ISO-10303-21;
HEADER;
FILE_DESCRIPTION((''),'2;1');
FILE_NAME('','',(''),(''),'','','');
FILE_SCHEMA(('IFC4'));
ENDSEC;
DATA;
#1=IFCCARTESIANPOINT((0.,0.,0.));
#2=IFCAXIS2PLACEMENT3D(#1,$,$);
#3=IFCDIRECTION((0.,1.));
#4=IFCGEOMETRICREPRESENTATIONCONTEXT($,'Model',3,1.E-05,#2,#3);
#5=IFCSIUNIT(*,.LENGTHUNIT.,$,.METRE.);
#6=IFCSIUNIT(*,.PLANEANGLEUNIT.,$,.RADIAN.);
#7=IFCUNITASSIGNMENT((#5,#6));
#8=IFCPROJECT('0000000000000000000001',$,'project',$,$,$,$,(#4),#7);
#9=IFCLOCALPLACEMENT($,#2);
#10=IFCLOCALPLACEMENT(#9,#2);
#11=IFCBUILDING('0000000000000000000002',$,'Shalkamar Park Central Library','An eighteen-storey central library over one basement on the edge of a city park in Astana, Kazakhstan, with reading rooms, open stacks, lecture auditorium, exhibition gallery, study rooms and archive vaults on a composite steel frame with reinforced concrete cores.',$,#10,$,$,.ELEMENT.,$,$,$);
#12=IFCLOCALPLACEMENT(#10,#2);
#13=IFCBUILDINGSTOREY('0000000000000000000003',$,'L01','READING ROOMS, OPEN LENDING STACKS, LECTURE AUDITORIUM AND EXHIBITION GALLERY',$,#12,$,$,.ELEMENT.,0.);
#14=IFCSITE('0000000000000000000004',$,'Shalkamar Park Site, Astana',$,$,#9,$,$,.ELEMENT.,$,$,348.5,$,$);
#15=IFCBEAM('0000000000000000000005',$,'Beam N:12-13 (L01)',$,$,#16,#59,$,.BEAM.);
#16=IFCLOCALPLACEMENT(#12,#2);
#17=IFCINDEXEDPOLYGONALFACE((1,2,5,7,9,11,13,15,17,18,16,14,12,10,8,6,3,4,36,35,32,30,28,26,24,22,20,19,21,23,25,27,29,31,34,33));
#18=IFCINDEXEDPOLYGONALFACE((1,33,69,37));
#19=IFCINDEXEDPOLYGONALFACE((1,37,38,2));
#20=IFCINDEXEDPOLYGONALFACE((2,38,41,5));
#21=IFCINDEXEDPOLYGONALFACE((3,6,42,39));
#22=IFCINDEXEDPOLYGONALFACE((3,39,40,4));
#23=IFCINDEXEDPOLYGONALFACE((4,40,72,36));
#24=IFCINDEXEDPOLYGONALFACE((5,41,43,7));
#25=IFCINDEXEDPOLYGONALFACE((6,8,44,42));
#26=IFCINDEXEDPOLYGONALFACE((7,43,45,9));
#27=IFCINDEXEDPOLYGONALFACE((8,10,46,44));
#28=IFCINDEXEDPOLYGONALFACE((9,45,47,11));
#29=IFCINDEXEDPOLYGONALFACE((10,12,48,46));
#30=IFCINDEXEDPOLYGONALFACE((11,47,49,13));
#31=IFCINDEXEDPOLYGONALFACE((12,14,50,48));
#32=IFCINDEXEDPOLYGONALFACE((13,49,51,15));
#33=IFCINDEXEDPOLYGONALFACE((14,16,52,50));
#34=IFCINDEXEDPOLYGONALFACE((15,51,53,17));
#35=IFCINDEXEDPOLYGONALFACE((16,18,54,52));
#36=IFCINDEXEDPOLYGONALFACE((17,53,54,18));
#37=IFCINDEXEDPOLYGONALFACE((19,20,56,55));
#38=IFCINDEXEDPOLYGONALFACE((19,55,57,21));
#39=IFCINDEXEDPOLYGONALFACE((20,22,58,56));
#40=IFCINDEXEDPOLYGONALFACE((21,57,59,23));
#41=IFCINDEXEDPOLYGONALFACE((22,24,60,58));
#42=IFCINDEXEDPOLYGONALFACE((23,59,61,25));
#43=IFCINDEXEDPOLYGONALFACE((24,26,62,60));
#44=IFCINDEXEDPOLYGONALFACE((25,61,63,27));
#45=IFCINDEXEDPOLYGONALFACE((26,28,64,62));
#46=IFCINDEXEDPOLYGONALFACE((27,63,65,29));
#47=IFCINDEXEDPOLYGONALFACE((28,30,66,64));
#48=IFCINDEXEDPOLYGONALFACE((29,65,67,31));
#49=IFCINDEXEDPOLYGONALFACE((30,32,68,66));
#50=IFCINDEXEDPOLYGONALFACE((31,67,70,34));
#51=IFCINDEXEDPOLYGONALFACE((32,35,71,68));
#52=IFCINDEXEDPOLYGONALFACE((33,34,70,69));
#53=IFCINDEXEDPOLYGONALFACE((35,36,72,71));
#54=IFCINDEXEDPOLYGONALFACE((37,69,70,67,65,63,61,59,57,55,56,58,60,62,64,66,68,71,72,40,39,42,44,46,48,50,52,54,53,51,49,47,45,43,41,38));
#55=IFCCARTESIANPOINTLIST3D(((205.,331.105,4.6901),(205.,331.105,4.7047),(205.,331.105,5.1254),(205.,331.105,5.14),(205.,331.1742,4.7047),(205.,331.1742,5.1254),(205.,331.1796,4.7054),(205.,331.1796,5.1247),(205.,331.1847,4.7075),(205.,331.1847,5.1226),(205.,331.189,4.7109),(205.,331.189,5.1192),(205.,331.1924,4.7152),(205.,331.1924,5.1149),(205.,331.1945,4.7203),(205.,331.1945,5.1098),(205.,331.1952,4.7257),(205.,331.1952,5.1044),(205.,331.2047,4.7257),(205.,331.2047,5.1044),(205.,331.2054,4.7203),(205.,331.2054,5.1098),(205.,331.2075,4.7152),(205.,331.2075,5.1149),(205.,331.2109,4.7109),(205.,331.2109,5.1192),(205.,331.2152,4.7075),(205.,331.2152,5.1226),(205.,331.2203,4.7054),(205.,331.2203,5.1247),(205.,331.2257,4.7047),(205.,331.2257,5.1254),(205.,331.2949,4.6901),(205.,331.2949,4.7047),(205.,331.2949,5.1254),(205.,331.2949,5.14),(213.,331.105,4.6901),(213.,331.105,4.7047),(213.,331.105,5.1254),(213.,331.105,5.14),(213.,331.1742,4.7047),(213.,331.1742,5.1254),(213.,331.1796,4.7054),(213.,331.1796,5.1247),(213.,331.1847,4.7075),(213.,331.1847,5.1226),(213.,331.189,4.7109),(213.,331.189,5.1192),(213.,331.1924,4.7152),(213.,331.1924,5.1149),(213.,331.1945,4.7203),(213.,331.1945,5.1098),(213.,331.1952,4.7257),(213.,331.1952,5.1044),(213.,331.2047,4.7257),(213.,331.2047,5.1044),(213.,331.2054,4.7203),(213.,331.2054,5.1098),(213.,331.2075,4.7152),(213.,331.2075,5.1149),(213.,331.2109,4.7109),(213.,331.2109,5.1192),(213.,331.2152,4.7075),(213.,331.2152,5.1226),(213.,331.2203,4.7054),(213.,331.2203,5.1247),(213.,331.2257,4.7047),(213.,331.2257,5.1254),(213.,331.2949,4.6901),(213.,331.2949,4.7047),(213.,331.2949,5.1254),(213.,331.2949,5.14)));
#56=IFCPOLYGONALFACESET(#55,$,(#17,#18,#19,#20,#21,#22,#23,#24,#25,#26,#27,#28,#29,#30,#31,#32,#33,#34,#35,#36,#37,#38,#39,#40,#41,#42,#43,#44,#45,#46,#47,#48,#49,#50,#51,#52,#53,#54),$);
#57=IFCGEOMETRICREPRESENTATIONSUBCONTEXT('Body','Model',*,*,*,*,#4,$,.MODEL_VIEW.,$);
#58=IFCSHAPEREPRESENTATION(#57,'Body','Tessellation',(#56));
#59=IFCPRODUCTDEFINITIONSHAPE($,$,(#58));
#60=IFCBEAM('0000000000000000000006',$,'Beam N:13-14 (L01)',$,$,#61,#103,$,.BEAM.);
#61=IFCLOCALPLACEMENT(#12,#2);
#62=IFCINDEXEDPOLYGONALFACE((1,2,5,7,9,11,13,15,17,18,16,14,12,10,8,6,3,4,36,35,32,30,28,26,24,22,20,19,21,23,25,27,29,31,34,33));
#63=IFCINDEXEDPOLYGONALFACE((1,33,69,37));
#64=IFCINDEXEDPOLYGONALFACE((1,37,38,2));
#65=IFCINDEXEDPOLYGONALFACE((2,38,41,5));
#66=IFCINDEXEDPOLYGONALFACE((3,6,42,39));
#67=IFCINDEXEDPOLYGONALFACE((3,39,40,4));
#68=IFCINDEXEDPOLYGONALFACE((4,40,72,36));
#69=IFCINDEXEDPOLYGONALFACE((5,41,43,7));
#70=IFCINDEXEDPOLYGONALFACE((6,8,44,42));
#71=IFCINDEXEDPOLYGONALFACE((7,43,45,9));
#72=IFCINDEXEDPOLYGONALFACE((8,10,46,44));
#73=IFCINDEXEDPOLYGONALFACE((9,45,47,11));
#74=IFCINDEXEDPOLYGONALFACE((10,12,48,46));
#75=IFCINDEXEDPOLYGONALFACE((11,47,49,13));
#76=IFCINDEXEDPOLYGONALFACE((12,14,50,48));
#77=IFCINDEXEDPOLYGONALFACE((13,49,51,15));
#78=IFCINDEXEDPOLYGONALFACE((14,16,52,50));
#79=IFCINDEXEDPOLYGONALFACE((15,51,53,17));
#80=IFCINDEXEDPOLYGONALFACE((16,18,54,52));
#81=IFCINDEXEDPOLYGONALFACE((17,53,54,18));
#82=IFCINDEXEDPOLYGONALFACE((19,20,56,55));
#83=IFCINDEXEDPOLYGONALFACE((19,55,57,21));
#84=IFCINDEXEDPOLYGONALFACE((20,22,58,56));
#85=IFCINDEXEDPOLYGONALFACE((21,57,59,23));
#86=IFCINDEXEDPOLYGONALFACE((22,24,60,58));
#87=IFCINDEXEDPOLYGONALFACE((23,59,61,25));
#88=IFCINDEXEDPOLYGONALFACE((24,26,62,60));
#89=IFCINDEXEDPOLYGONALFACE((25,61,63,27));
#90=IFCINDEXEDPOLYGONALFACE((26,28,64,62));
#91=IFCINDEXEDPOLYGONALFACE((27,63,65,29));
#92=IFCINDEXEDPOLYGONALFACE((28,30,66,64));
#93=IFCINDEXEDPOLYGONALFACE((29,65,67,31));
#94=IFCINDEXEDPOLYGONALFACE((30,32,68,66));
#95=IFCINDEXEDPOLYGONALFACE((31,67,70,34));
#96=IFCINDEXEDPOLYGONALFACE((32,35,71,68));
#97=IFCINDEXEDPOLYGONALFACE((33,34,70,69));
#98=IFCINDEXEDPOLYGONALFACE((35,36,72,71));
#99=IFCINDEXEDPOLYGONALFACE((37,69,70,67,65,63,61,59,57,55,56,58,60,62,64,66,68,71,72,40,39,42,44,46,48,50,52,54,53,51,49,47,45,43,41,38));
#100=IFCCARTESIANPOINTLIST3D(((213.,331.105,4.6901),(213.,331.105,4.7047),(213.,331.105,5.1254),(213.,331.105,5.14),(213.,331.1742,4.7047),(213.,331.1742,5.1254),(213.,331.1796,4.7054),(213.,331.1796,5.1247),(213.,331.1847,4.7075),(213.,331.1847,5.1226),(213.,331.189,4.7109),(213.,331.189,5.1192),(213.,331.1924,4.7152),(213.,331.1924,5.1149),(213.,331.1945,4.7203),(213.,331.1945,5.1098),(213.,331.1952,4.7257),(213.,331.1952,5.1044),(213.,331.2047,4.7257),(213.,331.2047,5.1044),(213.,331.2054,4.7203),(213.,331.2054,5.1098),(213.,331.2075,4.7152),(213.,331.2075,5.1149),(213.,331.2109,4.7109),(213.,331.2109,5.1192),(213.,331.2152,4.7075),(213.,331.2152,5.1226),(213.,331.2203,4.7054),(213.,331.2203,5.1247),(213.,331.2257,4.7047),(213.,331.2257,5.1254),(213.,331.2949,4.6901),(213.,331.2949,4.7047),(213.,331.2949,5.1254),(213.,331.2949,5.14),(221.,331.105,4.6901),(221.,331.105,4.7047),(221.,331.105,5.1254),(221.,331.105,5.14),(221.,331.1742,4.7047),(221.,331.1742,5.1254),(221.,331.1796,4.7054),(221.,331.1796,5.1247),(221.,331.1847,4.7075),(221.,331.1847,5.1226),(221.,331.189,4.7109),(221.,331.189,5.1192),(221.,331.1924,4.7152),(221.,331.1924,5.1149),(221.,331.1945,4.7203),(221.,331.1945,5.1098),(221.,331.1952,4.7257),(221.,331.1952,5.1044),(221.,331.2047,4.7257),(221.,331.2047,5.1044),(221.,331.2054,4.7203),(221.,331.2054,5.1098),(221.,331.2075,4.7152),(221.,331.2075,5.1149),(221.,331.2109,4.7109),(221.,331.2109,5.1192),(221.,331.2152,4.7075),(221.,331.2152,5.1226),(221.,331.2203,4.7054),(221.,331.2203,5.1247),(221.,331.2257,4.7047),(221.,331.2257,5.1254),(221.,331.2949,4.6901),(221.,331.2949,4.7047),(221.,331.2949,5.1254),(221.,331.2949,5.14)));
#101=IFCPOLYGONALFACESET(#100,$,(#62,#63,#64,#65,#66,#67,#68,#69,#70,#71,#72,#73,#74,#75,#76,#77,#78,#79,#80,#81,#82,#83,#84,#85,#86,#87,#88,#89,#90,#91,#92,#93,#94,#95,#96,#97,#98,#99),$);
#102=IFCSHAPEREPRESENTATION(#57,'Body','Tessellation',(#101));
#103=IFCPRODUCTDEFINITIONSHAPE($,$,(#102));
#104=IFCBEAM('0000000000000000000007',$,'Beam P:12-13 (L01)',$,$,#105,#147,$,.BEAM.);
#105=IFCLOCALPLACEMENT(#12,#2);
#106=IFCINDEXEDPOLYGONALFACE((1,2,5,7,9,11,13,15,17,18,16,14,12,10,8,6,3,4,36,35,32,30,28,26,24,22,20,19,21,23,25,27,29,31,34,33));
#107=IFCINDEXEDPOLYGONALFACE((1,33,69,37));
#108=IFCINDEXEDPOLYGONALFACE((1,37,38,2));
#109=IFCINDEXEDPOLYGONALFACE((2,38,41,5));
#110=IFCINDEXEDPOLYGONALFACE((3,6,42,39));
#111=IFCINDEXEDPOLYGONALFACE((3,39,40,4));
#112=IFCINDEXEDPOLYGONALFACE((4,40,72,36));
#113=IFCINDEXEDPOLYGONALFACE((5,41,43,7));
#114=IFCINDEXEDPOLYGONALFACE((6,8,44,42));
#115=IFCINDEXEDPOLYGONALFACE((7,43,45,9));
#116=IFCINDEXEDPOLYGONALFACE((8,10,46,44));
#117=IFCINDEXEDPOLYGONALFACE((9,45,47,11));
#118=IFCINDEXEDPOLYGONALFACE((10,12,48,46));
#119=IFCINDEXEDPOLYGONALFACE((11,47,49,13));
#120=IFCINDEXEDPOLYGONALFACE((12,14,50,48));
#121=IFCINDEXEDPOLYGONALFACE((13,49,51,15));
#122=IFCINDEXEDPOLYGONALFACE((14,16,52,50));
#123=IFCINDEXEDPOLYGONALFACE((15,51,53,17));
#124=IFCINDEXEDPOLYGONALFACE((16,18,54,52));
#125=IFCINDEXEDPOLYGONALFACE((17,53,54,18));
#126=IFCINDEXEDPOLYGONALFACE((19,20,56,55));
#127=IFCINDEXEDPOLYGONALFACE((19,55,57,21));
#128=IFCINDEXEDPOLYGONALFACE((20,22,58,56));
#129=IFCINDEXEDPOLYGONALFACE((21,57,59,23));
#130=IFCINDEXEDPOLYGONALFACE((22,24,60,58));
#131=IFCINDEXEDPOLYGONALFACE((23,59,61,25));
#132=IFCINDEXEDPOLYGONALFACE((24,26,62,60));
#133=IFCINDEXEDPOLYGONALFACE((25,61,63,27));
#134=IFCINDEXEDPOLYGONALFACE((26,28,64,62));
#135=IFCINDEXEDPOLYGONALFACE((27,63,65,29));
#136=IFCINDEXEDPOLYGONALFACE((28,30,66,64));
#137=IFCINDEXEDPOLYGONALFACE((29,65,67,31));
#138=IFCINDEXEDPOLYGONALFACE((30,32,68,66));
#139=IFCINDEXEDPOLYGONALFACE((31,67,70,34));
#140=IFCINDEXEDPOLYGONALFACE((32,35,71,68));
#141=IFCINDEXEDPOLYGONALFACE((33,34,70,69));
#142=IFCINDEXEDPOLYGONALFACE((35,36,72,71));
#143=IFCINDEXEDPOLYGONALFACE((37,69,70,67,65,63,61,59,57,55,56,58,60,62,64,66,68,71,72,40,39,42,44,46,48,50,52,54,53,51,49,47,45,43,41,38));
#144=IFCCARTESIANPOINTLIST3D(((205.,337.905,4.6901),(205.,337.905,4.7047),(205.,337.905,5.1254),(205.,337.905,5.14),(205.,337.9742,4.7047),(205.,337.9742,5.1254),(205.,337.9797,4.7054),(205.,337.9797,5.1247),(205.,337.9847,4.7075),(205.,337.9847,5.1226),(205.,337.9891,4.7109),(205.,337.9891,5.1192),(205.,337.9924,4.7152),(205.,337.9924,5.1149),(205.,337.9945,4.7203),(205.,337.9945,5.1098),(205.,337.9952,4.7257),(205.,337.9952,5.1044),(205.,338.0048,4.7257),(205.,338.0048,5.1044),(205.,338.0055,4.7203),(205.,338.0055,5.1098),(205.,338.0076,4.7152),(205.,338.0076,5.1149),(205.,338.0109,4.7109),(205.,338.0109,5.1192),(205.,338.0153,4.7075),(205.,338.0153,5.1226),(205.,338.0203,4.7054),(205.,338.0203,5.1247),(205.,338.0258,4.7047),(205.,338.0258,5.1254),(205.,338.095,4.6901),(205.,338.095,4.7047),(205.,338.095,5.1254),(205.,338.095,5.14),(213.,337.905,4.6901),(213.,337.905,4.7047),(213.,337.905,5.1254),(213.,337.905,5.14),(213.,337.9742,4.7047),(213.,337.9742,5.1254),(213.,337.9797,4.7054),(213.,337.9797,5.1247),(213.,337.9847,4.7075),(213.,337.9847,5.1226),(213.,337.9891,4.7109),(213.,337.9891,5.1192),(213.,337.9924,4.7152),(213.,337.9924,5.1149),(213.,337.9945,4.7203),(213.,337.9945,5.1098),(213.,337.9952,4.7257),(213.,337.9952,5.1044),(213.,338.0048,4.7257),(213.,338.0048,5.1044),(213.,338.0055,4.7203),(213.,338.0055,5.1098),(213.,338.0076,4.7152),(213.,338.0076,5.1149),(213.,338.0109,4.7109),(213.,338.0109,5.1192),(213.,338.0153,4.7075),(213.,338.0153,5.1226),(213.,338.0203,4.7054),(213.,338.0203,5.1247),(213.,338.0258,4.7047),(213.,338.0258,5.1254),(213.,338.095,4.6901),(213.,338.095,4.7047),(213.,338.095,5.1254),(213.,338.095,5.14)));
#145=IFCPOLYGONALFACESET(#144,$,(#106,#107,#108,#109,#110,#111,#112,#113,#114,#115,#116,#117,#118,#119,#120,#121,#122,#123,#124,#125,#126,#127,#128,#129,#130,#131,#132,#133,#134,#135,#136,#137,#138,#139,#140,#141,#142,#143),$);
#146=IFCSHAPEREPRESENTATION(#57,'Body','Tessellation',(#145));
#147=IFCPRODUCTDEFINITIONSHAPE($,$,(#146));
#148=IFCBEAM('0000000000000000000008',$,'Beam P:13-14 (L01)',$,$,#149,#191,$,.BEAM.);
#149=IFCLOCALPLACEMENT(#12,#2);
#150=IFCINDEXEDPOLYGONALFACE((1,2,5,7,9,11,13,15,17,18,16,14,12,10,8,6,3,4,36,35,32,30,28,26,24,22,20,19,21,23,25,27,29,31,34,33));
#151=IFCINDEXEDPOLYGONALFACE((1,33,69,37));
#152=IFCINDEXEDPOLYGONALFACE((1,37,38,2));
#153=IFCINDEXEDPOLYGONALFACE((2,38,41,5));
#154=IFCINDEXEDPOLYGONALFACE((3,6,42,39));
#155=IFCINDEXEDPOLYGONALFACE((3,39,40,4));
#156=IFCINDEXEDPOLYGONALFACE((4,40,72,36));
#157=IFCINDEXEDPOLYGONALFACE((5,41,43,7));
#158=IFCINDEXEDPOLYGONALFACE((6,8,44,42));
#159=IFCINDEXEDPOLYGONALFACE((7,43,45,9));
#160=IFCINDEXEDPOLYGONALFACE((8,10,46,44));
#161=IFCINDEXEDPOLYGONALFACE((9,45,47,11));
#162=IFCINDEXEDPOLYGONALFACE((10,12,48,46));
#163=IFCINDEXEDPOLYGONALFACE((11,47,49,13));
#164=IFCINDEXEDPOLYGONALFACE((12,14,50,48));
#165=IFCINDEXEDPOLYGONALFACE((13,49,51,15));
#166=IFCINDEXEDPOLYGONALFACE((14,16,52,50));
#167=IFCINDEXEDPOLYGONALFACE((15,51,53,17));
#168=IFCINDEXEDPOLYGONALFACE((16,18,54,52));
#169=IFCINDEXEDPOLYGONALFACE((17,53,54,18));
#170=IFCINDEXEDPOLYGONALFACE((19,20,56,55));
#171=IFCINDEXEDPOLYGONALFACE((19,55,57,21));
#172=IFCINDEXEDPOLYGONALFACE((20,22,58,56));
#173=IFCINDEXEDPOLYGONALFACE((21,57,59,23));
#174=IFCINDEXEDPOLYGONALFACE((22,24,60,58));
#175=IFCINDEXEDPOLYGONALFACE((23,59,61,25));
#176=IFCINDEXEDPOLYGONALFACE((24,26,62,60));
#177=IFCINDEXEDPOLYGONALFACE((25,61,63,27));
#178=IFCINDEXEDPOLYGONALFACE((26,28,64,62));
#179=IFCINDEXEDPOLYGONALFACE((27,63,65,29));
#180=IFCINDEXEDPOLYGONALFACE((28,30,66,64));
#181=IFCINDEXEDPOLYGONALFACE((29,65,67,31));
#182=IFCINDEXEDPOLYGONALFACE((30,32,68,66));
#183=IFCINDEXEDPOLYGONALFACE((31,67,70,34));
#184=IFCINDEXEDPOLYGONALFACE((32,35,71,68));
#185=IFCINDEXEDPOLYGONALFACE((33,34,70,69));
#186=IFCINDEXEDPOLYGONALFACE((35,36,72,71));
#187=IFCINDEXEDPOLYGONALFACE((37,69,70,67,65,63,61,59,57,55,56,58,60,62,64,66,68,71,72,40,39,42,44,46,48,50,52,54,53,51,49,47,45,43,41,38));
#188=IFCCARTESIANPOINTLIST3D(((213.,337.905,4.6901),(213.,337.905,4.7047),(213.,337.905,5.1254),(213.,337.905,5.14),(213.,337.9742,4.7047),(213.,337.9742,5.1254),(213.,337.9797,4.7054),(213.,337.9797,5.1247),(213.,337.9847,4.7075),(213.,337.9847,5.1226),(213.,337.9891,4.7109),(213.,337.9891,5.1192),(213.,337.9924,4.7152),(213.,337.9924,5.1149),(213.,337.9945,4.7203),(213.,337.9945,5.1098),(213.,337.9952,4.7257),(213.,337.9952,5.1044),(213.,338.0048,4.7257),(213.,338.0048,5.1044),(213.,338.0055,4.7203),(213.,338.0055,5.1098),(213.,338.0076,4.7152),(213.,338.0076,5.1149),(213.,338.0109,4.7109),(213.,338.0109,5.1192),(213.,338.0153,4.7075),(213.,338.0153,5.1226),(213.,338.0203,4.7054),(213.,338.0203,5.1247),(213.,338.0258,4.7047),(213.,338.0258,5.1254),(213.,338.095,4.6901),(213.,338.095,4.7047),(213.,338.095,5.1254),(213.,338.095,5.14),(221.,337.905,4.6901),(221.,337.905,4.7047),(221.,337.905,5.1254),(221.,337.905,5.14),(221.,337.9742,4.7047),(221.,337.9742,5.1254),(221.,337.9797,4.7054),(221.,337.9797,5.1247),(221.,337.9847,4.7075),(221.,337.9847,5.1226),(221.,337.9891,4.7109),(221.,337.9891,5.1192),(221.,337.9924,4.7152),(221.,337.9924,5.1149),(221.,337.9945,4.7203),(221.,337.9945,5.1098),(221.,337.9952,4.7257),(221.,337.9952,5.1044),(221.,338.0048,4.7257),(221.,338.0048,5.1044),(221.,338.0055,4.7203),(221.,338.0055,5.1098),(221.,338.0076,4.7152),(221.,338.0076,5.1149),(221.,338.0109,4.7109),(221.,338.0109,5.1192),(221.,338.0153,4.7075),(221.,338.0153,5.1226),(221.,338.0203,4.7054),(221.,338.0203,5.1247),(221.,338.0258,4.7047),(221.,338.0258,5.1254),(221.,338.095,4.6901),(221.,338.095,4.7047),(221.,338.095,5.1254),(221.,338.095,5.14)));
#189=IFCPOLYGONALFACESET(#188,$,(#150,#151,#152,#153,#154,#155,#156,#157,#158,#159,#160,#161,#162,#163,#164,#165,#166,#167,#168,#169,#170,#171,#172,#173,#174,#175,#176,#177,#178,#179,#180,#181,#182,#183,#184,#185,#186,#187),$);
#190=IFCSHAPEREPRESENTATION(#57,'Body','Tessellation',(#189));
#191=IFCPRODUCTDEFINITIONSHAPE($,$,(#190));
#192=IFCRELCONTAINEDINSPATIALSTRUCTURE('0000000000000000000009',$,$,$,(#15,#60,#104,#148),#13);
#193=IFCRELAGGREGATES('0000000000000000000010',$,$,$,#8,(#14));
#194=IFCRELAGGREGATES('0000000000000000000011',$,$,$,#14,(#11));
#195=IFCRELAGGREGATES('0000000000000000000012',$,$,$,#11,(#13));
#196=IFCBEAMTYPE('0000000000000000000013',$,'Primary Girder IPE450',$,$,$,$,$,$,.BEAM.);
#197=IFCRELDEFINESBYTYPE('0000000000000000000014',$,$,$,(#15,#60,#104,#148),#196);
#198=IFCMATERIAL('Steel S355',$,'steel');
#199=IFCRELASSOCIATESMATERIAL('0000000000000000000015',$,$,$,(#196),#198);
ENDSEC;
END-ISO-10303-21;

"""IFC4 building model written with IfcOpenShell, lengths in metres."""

from ifc_helpers import new_model, si_unit, direction, frame, origin, origin_2d, place, context, subcontext, project, spatial, i_section, extrude, material, material_profile, profile_set, type_object, element, save


model = new_model("IFC4")

# Units and contexts
model_context = context("Model", 3, precision=1e-05, world=origin(), true_north=direction((0.0, 1.0)))
body_context = subcontext(model_context, "Body", "Model", "MODEL_VIEW")
ifc_project = project(units=[si_unit("LENGTHUNIT", "METRE"), si_unit("PLANEANGLEUNIT", "RADIAN")], contexts=[model_context])

# Site, building, storey
site_placement = place(None, origin())
site = spatial("IfcSite", under=ifc_project, at=site_placement, Name="Shalkamar Park Site, Astana", CompositionType="ELEMENT", RefElevation=348.5)
building_placement = place(site_placement, origin())
building = spatial("IfcBuilding", under=site, at=building_placement, Name="Shalkamar Park Central Library", Description="An eighteen-storey central library over one basement on the edge of a city park in Astana, Kazakhstan, with reading rooms, open stacks, lecture auditorium, exhibition gallery, study rooms and archive vaults on a composite steel frame with reinforced concrete cores.", CompositionType="ELEMENT")
storey_placement = place(building_placement, origin())
storey = spatial("IfcBuildingStorey", under=building, at=storey_placement, Name="L01", Description="READING ROOMS, OPEN LENDING STACKS, LECTURE AUDITORIUM AND EXHIBITION GALLERY", CompositionType="ELEMENT", Elevation=0.0)

# Shared definitions
ifc_material_1 = material(Name="Steel S355", Category="steel")

# Beams
ifc_material_profile_1 = material_profile(ifc_material_1, i_section(OverallWidth=0.1899, OverallDepth=0.45, WebThickness=0.0095, FlangeThickness=0.0146, FilletRadius=0.021, at=origin_2d()), Name="IPE 450")
ifc_profile_set_1 = profile_set([ifc_material_profile_1], Name="Steel S355")
beam_type_1 = type_object("IfcBeamType", Name="Primary Girder IPE450", PredefinedType="BEAM", material=ifc_profile_set_1)
for number, where, z_axis, x_axis, name in (
    (1, (205.0, 331.2, 4.915), (1.0, 0.0, 0.0), (0.0, 1.0, 0.0), "Beam N:12-13 (L01)"),
    (2, (213.0, 331.2, 4.915), (1.0, 0.0, 0.0), (0.0, 1.0, 0.0), "Beam N:13-14 (L01)"),
    (3, (205.0, 338.0, 4.915), (1.0, 0.0, 0.0), (0.0, 1.0, 0.0), "Beam P:12-13 (L01)"),
    (4, (213.0, 338.0, 4.915), (1.0, 0.0, 0.0), (0.0, 1.0, 0.0), "Beam P:13-14 (L01)"),
):
    element("IfcBeam", number, at=place(storey_placement, frame(where, z_axis=z_axis, x_axis=x_axis)), inside=storey, type_object=beam_type_1, Name=name, PredefinedType="BEAM", context=body_context, shape_type="SweptSolid", body=[
        extrude(i_section(OverallWidth=0.1899, OverallDepth=0.45, WebThickness=0.0095, FlangeThickness=0.0146, FilletRadius=0.021, at=origin_2d()), origin(), (0.0, 0.0, 1.0), 8.0),
    ])

save(model, "model.ifc")
